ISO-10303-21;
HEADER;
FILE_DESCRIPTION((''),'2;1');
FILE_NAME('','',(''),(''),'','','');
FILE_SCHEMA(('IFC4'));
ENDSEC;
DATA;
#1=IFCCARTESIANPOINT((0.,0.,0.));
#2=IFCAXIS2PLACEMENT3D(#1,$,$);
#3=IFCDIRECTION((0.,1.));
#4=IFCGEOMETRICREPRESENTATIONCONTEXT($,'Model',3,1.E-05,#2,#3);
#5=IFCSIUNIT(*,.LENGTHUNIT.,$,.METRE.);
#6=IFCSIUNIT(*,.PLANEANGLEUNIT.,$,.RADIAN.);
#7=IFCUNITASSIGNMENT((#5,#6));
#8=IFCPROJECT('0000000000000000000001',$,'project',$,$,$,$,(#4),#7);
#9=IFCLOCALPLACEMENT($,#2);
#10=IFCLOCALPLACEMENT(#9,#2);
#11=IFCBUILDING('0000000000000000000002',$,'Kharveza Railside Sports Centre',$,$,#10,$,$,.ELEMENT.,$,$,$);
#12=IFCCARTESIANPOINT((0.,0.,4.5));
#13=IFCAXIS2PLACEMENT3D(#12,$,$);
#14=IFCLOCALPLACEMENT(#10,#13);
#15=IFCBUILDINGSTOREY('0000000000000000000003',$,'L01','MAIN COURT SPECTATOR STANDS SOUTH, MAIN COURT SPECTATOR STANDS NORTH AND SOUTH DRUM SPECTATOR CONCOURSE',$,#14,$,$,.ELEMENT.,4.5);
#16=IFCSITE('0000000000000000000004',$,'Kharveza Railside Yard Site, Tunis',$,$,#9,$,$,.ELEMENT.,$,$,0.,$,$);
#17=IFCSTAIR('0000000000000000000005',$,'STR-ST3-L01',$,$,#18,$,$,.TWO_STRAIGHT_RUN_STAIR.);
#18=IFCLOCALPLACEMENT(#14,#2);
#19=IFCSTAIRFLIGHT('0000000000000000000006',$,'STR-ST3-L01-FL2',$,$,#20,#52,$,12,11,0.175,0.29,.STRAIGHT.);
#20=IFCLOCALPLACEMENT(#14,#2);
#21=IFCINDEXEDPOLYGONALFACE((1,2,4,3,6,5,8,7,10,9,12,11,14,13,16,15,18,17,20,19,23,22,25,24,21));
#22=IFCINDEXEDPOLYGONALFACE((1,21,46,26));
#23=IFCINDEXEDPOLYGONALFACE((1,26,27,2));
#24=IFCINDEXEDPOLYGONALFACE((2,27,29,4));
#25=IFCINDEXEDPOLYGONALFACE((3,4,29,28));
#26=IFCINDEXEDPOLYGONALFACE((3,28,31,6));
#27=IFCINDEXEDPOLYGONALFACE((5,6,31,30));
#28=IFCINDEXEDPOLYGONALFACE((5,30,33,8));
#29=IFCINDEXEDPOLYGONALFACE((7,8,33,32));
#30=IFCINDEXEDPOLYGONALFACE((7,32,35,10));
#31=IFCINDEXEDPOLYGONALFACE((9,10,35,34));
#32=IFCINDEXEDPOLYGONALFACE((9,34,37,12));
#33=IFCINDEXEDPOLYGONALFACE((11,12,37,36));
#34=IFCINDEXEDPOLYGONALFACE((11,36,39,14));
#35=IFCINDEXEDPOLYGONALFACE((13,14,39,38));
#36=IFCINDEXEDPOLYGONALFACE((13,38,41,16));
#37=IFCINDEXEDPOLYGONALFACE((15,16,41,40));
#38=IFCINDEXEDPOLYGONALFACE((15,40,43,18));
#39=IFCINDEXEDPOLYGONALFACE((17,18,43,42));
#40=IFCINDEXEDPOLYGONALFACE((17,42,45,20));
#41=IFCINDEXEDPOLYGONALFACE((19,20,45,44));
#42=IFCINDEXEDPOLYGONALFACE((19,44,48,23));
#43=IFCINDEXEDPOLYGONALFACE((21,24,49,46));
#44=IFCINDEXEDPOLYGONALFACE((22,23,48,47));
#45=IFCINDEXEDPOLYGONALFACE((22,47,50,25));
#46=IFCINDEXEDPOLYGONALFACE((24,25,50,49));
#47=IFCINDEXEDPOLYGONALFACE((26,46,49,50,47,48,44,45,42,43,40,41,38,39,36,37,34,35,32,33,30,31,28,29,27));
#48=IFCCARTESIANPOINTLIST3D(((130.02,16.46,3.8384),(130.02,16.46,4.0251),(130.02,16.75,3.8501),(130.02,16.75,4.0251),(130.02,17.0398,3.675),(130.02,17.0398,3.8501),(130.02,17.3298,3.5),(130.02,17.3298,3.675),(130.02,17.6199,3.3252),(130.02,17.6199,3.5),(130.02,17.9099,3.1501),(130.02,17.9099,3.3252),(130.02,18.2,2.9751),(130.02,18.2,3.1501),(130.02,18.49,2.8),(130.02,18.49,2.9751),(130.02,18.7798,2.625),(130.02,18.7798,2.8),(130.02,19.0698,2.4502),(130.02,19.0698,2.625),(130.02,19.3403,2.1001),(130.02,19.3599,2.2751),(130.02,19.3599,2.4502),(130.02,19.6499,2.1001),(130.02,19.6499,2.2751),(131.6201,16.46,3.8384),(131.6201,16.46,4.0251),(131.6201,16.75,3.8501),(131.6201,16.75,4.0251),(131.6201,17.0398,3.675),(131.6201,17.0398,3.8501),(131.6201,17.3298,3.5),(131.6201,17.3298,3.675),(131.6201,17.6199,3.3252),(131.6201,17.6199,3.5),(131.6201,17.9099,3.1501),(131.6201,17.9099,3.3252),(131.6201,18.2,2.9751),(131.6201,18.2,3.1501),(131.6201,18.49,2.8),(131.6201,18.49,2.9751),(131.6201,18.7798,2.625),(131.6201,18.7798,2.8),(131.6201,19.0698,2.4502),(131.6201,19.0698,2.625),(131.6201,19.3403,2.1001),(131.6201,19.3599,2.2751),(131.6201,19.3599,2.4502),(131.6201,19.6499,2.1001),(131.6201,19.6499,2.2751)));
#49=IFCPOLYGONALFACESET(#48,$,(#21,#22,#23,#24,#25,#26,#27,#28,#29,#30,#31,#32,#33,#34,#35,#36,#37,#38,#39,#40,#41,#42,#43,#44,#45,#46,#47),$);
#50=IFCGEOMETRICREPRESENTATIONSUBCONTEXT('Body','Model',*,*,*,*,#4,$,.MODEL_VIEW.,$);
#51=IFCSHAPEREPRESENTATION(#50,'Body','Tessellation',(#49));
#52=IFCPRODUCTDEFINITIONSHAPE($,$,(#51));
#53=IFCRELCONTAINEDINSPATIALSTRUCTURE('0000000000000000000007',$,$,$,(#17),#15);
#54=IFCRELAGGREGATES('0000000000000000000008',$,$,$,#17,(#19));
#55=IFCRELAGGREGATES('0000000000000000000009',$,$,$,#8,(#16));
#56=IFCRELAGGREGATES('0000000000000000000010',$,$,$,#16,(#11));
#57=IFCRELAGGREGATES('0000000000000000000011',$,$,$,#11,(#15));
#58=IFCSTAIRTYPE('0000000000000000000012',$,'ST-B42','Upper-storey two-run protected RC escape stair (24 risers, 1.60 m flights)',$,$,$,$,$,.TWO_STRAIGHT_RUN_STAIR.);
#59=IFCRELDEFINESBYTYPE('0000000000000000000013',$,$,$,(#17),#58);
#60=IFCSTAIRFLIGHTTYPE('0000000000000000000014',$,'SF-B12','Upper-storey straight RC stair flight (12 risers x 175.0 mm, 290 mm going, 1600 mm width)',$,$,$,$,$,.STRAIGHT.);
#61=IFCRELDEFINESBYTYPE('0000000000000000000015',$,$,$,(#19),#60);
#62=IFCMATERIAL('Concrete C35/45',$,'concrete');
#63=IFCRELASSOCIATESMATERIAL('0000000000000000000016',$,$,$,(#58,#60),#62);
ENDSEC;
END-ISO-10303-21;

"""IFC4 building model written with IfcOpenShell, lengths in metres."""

from ifc_helpers import new_model, si_unit, direction, frame, origin, place, context, subcontext, project, spatial, polyline, outline, extrude, material, type_object, element, aggregate, save


model = new_model("IFC4")

# Units and contexts
model_context = context("Model", 3, precision=1e-05, world=origin(), true_north=direction((0.0, 1.0)))
body_context = subcontext(model_context, "Body", "Model", "MODEL_VIEW")
ifc_project = project(units=[si_unit("LENGTHUNIT", "METRE"), si_unit("PLANEANGLEUNIT", "RADIAN")], contexts=[model_context])

# Site, building, storey
site_placement = place(None, origin())
site = spatial("IfcSite", under=ifc_project, at=site_placement, Name="Kharveza Railside Yard Site, Tunis", CompositionType="ELEMENT", RefElevation=0.0)
building_placement = place(site_placement, origin())
building = spatial("IfcBuilding", under=site, at=building_placement, Name="Kharveza Railside Sports Centre", CompositionType="ELEMENT")
storey_placement = place(building_placement, frame((0.0, 0.0, 4.5)))
storey = spatial("IfcBuildingStorey", under=building, at=storey_placement, Name="L01", Description="MAIN COURT SPECTATOR STANDS SOUTH, MAIN COURT SPECTATOR STANDS NORTH AND SOUTH DRUM SPECTATOR CONCOURSE", CompositionType="ELEMENT", Elevation=4.5)

# Shared definitions
ifc_material_1 = material(Name="Concrete C35/45", Category="concrete")

# Stair, stair flight
stair_type = type_object("IfcStairType", Name="ST-B42", Description="Upper-storey two-run protected RC escape stair (24 risers, 1.60 m flights)", PredefinedType="TWO_STRAIGHT_RUN_STAIR", material=ifc_material_1)
stair_placement = place(storey_placement, origin())
stair = element("IfcStair", 1, at=stair_placement, inside=storey, type_object=stair_type, Name="STR-ST3-L01", PredefinedType="TWO_STRAIGHT_RUN_STAIR")
stair_flight_type = type_object("IfcStairFlightType", Name="SF-B12", Description="Upper-storey straight RC stair flight (12 risers x 175.0 mm, 290 mm going, 1600 mm width)", PredefinedType="STRAIGHT", material=ifc_material_1)
stair_flight_placement = place(storey_placement, frame((130.8201, 19.6499, 2.1001), z_axis=(0.0, 0.0, 1.0), x_axis=(0.0, -1.0, 0.0)))
stair_flight = element("IfcStairFlight", 2, at=stair_flight_placement, type_object=stair_flight_type, Name="STR-ST3-L01-FL2", NumberOfRisers=12, NumberOfTreads=11, PredefinedType="STRAIGHT", RiserHeight=0.175, TreadLength=0.29, context=body_context, shape_type="SweptSolid", body=[
    extrude(outline(polyline([(0.0, 0.0), (0.0, 0.175), (0.29, 0.175), (0.29, 0.3501), (0.5801, 0.3501), (0.5801, 0.5249), (0.8701, 0.5249), (0.8701, 0.7), (1.1599, 0.7), (1.1599, 0.875), (1.45, 0.875), (1.45, 1.05), (1.74, 1.05), (1.74, 1.2251), (2.03, 1.2251), (2.03, 1.3999), (2.3201, 1.3999), (2.3201, 1.575), (2.6101, 1.575), (2.6101, 1.75), (2.8999, 1.75), (2.8999, 1.925), (3.1899, 1.925), (3.1899, 2.1001), (3.1899, 1.7383), (0.3096, 0.0), (0.0, 0.0)])), frame((0.0, 0.8, 0.0), z_axis=(0.0, -1.0, 0.0), x_axis=(1.0, 0.0, 0.0)), (0.0, 0.0, 1.0), 1.6001),
])
aggregate(stair, [stair_flight])

save(model, "model.ifc")
